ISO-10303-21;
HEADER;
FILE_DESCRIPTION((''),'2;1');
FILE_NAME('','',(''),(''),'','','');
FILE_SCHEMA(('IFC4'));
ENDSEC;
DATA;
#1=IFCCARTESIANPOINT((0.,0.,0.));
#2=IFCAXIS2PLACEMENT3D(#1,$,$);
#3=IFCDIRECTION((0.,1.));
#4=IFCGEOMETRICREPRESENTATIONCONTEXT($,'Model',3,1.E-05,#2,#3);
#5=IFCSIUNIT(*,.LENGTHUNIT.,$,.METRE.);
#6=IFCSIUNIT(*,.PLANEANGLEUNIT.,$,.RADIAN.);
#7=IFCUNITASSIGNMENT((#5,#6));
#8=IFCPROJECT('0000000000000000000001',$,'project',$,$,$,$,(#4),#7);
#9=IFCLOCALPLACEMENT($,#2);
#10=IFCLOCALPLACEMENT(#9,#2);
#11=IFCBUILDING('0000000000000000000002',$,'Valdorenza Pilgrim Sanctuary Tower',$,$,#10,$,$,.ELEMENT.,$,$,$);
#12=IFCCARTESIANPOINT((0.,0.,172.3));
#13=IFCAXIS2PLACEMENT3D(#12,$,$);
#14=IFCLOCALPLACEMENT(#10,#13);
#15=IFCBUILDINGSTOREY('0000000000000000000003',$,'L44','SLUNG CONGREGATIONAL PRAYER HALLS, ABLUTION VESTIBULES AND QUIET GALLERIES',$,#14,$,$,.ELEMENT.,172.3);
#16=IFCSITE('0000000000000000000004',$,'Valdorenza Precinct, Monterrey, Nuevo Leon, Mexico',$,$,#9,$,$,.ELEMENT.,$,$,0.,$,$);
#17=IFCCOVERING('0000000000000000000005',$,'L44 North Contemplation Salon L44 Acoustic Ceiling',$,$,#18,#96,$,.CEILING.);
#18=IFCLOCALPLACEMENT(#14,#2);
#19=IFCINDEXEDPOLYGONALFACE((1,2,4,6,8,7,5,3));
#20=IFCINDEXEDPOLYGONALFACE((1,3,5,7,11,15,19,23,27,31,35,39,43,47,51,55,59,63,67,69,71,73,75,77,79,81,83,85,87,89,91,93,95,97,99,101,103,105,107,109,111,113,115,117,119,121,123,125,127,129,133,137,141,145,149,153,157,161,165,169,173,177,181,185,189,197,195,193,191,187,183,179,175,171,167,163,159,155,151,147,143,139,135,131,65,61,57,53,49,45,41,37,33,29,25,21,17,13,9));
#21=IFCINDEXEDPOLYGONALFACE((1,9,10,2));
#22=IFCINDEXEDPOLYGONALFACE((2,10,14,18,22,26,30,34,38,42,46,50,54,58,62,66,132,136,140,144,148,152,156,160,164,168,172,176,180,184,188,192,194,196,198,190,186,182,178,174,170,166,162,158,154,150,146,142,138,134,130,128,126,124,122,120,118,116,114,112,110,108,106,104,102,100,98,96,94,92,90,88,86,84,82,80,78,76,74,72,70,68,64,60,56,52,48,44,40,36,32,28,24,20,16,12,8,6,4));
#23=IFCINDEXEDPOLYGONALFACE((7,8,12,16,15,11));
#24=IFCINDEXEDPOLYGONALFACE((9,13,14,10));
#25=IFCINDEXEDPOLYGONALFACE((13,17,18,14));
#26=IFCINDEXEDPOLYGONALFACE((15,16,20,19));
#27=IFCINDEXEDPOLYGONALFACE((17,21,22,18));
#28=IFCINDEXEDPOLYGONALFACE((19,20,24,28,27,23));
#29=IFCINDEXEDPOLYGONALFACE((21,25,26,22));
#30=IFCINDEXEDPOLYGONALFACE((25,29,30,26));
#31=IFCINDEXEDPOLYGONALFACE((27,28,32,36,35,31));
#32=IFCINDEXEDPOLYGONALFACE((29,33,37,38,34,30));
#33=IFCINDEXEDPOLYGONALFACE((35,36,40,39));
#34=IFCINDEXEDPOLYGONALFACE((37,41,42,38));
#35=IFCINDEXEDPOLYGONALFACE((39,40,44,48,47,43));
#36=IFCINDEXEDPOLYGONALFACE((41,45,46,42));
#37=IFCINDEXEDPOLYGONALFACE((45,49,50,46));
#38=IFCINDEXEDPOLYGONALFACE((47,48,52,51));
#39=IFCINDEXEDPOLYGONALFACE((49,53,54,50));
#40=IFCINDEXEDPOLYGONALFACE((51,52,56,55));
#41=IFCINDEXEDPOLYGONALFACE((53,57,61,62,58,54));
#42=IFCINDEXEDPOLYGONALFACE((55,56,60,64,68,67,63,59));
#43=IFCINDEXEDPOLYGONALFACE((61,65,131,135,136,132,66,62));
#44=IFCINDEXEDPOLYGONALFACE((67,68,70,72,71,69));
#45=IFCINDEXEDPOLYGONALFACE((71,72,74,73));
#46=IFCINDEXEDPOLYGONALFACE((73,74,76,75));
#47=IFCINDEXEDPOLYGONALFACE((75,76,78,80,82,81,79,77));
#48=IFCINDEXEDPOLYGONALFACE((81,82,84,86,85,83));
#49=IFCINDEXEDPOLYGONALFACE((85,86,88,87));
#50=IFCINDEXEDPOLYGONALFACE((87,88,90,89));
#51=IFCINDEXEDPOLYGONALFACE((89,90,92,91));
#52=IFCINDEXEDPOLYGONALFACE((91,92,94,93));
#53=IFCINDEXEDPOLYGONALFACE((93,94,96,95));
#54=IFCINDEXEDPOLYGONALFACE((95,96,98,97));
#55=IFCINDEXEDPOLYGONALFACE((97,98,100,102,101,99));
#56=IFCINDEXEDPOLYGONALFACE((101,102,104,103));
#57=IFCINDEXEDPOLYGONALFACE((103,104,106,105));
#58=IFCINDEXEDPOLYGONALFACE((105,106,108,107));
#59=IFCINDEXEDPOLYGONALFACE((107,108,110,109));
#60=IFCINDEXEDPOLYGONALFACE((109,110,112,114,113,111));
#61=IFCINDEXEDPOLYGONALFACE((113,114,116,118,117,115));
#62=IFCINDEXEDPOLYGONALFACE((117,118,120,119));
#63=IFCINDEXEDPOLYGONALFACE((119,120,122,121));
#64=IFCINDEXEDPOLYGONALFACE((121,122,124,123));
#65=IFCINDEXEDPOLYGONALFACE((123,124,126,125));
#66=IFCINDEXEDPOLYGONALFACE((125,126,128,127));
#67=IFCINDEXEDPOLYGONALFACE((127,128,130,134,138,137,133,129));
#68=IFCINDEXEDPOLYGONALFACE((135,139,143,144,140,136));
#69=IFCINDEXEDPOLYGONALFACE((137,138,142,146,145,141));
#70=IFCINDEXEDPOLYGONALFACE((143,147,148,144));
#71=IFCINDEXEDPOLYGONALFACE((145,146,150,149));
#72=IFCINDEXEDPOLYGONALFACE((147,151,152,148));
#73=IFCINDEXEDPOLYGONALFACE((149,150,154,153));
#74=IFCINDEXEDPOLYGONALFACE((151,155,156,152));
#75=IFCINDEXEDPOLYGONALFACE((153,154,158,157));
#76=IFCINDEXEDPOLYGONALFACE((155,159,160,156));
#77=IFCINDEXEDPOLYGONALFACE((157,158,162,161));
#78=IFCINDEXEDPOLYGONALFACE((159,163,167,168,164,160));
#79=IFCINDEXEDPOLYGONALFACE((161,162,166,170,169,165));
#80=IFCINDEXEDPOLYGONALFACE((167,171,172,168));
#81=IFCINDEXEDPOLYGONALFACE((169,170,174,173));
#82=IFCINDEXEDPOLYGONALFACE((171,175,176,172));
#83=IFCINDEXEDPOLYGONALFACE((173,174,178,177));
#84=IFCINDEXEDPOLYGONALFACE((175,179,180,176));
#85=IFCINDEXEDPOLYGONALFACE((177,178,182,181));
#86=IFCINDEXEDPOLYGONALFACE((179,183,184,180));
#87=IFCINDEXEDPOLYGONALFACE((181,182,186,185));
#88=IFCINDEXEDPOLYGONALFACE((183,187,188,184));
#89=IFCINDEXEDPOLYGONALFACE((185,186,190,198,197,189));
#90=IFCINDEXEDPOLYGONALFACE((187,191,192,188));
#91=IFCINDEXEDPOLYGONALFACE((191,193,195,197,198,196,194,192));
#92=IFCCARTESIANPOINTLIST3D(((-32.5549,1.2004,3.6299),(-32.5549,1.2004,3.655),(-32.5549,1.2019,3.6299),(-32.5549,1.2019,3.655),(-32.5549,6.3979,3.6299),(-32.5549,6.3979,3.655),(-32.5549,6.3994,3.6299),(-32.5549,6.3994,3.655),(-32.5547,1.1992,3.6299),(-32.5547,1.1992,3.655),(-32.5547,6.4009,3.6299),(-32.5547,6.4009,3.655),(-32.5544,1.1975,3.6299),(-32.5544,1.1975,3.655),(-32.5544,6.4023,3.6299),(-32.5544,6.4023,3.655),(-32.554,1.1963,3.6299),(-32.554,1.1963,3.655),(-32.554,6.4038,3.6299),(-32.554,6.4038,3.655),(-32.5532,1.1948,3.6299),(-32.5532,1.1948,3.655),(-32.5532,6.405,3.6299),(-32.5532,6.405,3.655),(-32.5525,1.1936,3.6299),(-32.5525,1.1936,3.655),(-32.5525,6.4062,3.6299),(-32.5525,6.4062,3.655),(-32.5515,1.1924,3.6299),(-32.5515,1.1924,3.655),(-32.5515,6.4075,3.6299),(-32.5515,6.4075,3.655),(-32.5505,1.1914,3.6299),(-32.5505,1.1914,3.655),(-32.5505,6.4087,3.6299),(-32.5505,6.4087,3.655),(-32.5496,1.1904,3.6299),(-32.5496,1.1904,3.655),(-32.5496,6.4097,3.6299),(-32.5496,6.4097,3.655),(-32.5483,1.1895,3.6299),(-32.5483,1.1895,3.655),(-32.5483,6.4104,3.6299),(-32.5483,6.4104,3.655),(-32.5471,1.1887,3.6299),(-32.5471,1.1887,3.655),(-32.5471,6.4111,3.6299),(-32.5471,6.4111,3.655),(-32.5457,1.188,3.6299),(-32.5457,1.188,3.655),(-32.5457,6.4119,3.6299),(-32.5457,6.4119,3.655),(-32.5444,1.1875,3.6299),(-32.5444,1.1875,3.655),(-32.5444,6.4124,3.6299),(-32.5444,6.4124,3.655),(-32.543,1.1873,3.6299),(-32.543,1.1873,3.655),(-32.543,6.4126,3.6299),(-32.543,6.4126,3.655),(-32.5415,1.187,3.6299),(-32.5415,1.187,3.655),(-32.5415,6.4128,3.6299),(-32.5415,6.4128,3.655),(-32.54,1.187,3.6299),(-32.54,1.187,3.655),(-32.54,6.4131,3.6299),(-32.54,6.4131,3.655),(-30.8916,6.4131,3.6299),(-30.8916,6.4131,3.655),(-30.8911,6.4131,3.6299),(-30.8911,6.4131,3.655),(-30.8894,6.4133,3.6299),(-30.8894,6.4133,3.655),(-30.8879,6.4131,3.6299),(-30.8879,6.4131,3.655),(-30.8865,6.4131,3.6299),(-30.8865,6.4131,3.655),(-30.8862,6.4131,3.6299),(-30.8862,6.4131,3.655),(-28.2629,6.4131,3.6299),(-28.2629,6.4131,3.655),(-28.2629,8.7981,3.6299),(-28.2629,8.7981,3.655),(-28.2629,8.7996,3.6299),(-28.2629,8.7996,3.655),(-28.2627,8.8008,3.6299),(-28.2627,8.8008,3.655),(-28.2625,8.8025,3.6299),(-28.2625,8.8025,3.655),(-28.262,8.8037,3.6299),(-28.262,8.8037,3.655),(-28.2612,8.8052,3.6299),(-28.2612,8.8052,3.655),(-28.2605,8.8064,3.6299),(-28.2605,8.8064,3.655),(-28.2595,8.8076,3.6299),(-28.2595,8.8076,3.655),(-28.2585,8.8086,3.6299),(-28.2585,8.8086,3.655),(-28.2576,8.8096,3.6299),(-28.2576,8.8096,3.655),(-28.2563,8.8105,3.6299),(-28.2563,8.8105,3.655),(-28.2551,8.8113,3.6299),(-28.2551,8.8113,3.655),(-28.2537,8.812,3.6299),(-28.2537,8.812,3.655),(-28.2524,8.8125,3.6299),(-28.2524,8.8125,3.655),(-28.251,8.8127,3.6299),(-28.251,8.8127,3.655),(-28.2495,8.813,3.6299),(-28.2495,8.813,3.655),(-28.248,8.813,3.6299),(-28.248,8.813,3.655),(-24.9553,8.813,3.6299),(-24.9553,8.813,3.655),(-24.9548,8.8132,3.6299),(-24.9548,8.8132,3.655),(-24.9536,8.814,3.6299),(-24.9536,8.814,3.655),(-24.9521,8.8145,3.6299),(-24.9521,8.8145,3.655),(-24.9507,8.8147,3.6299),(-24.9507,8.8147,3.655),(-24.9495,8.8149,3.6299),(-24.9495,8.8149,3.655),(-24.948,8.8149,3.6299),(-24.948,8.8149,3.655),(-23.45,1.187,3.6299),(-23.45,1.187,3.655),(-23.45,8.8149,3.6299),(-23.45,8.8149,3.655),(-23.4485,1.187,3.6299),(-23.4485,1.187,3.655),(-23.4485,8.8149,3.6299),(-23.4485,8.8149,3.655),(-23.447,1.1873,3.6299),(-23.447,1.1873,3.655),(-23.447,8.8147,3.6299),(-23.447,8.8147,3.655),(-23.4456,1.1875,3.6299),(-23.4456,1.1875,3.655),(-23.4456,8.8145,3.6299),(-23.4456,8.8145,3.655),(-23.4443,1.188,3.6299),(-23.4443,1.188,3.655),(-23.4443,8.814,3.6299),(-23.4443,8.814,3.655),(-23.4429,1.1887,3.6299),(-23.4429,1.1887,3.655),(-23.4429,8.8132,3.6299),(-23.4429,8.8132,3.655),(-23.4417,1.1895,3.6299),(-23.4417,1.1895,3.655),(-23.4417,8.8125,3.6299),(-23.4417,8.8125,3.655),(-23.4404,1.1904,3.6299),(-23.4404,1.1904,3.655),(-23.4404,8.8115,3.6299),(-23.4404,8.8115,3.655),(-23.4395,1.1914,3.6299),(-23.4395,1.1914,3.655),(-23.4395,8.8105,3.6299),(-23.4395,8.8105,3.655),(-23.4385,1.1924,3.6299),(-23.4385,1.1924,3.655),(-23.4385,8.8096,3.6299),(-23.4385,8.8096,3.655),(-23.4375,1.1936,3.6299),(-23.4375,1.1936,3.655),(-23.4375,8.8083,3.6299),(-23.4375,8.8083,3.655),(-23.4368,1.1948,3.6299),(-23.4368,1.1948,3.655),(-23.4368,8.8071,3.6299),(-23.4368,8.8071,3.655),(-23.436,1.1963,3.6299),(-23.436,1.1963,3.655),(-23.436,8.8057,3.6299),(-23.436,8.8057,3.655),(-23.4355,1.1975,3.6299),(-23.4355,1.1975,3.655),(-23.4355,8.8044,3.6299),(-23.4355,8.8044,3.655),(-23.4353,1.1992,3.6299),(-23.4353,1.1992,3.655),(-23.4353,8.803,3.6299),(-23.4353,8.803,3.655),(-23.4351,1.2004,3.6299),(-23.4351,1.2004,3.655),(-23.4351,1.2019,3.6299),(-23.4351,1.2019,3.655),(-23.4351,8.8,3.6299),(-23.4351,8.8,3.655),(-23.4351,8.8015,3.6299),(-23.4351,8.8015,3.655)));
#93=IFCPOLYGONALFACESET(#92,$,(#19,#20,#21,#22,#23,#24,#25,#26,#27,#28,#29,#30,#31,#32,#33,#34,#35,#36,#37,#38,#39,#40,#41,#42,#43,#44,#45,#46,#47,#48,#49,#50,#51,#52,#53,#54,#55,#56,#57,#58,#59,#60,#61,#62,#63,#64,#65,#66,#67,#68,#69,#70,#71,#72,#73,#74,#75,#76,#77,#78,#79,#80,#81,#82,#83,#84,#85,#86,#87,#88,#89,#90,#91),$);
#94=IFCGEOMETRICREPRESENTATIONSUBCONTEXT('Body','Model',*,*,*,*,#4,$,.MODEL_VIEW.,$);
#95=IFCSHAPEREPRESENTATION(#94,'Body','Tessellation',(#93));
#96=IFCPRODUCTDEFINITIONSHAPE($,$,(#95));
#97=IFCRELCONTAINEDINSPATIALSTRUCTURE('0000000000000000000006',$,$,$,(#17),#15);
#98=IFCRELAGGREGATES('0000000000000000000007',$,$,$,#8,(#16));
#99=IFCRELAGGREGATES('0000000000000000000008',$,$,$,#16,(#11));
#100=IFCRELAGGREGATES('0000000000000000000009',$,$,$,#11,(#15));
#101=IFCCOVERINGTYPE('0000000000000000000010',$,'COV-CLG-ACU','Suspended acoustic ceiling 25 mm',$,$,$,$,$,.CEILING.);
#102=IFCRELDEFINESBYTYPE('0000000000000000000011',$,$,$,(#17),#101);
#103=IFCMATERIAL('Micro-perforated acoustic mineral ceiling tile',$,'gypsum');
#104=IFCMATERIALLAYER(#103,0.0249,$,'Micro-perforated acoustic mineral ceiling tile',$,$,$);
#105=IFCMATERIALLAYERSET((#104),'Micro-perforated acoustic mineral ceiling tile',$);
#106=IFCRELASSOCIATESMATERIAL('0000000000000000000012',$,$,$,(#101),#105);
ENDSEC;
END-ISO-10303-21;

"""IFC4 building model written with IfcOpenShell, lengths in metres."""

from ifc_helpers import new_model, si_unit, direction, frame, origin, place, context, subcontext, project, spatial, polyline, outline, extrude, material, layer, layer_set, type_object, element, save


model = new_model("IFC4")

# Units and contexts
model_context = context("Model", 3, precision=1e-05, world=origin(), true_north=direction((0.0, 1.0)))
body_context = subcontext(model_context, "Body", "Model", "MODEL_VIEW")
ifc_project = project(units=[si_unit("LENGTHUNIT", "METRE"), si_unit("PLANEANGLEUNIT", "RADIAN")], contexts=[model_context])

# Site, building, storey
site_placement = place(None, origin())
site = spatial("IfcSite", under=ifc_project, at=site_placement, Name="Valdorenza Precinct, Monterrey, Nuevo Leon, Mexico", CompositionType="ELEMENT", RefElevation=0.0)
building_placement = place(site_placement, origin())
building = spatial("IfcBuilding", under=site, at=building_placement, Name="Valdorenza Pilgrim Sanctuary Tower", CompositionType="ELEMENT")
storey_placement = place(building_placement, frame((0.0, 0.0, 172.3)))
storey = spatial("IfcBuildingStorey", under=building, at=storey_placement, Name="L44", Description="SLUNG CONGREGATIONAL PRAYER HALLS, ABLUTION VESTIBULES AND QUIET GALLERIES", CompositionType="ELEMENT", Elevation=172.3)

# Covering
ifc_material_1 = material(Name="Micro-perforated acoustic mineral ceiling tile", Category="gypsum")
ifc_layer_1 = layer(ifc_material_1, 0.0249, Name="Micro-perforated acoustic mineral ceiling tile")
ifc_layer_set_1 = layer_set([ifc_layer_1], Name="Micro-perforated acoustic mineral ceiling tile")
covering_type_1 = type_object("IfcCoveringType", Name="COV-CLG-ACU", Description="Suspended acoustic ceiling 25 mm", PredefinedType="CEILING", material=ifc_layer_set_1)
covering_1_placement = place(storey_placement, frame((0.0, 0.0, 3.6299)))
element("IfcCovering", 1, at=covering_1_placement, inside=storey, type_object=covering_type_1, Name="L44 North Contemplation Salon L44 Acoustic Ceiling", PredefinedType="CEILING", context=body_context, shape_type="SweptSolid", body=[
    extrude(outline(polyline([(-30.8916, 6.4131), (-30.8911, 6.4131), (-30.8894, 6.4133), (-30.8879, 6.4131), (-30.8865, 6.4131), (-30.8862, 6.4131), (-28.2629, 6.4131), (-28.2629, 8.7981), (-28.2629, 8.7996), (-28.2627, 8.8008), (-28.2625, 8.8025), (-28.262, 8.8037), (-28.2612, 8.8052), (-28.2605, 8.8064), (-28.2595, 8.8076), (-28.2585, 8.8086), (-28.2576, 8.8096), (-28.2563, 8.8105), (-28.2551, 8.8113), (-28.2537, 8.812), (-28.2524, 8.8125), (-28.251, 8.8127), (-28.2495, 8.813), (-28.248, 8.813), (-24.9553, 8.813), (-24.9548, 8.8132), (-24.9536, 8.814), (-24.9521, 8.8145), (-24.9507, 8.8147), (-24.9495, 8.8149), (-24.948, 8.8149), (-23.45, 8.8149), (-23.4485, 8.8149), (-23.447, 8.8147), (-23.4456, 8.8145), (-23.4443, 8.814), (-23.4429, 8.8132), (-23.4417, 8.8125), (-23.4404, 8.8115), (-23.4395, 8.8105), (-23.4385, 8.8096), (-23.4375, 8.8083), (-23.4368, 8.8071), (-23.436, 8.8057), (-23.4355, 8.8044), (-23.4353, 8.803), (-23.4351, 8.8015), (-23.4351, 8.8), (-23.4351, 1.2019), (-23.4351, 1.2004), (-23.4353, 1.1992), (-23.4355, 1.1975), (-23.436, 1.1963), (-23.4368, 1.1948), (-23.4375, 1.1936), (-23.4385, 1.1924), (-23.4395, 1.1914), (-23.4404, 1.1904), (-23.4417, 1.1895), (-23.4429, 1.1887), (-23.4443, 1.188), (-23.4456, 1.1875), (-23.447, 1.1873), (-23.4485, 1.187), (-23.45, 1.187), (-32.54, 1.187), (-32.5415, 1.187), (-32.543, 1.1873), (-32.5444, 1.1875), (-32.5457, 1.188), (-32.5471, 1.1887), (-32.5483, 1.1895), (-32.5496, 1.1904), (-32.5505, 1.1914), (-32.5515, 1.1924), (-32.5525, 1.1936), (-32.5532, 1.1948), (-32.554, 1.1963), (-32.5544, 1.1975), (-32.5547, 1.1992), (-32.5549, 1.2004), (-32.5549, 1.2019), (-32.5549, 6.3979), (-32.5549, 6.3994), (-32.5547, 6.4009), (-32.5544, 6.4023), (-32.554, 6.4038), (-32.5532, 6.405), (-32.5525, 6.4062), (-32.5515, 6.4075), (-32.5505, 6.4087), (-32.5496, 6.4097), (-32.5483, 6.4104), (-32.5471, 6.4111), (-32.5457, 6.4119), (-32.5444, 6.4124), (-32.543, 6.4126), (-32.5415, 6.4128), (-32.54, 6.4131), (-30.8916, 6.4131)])), origin(), (0.0, 0.0, 1.0), 0.0251),
])

save(model, "model.ifc")
